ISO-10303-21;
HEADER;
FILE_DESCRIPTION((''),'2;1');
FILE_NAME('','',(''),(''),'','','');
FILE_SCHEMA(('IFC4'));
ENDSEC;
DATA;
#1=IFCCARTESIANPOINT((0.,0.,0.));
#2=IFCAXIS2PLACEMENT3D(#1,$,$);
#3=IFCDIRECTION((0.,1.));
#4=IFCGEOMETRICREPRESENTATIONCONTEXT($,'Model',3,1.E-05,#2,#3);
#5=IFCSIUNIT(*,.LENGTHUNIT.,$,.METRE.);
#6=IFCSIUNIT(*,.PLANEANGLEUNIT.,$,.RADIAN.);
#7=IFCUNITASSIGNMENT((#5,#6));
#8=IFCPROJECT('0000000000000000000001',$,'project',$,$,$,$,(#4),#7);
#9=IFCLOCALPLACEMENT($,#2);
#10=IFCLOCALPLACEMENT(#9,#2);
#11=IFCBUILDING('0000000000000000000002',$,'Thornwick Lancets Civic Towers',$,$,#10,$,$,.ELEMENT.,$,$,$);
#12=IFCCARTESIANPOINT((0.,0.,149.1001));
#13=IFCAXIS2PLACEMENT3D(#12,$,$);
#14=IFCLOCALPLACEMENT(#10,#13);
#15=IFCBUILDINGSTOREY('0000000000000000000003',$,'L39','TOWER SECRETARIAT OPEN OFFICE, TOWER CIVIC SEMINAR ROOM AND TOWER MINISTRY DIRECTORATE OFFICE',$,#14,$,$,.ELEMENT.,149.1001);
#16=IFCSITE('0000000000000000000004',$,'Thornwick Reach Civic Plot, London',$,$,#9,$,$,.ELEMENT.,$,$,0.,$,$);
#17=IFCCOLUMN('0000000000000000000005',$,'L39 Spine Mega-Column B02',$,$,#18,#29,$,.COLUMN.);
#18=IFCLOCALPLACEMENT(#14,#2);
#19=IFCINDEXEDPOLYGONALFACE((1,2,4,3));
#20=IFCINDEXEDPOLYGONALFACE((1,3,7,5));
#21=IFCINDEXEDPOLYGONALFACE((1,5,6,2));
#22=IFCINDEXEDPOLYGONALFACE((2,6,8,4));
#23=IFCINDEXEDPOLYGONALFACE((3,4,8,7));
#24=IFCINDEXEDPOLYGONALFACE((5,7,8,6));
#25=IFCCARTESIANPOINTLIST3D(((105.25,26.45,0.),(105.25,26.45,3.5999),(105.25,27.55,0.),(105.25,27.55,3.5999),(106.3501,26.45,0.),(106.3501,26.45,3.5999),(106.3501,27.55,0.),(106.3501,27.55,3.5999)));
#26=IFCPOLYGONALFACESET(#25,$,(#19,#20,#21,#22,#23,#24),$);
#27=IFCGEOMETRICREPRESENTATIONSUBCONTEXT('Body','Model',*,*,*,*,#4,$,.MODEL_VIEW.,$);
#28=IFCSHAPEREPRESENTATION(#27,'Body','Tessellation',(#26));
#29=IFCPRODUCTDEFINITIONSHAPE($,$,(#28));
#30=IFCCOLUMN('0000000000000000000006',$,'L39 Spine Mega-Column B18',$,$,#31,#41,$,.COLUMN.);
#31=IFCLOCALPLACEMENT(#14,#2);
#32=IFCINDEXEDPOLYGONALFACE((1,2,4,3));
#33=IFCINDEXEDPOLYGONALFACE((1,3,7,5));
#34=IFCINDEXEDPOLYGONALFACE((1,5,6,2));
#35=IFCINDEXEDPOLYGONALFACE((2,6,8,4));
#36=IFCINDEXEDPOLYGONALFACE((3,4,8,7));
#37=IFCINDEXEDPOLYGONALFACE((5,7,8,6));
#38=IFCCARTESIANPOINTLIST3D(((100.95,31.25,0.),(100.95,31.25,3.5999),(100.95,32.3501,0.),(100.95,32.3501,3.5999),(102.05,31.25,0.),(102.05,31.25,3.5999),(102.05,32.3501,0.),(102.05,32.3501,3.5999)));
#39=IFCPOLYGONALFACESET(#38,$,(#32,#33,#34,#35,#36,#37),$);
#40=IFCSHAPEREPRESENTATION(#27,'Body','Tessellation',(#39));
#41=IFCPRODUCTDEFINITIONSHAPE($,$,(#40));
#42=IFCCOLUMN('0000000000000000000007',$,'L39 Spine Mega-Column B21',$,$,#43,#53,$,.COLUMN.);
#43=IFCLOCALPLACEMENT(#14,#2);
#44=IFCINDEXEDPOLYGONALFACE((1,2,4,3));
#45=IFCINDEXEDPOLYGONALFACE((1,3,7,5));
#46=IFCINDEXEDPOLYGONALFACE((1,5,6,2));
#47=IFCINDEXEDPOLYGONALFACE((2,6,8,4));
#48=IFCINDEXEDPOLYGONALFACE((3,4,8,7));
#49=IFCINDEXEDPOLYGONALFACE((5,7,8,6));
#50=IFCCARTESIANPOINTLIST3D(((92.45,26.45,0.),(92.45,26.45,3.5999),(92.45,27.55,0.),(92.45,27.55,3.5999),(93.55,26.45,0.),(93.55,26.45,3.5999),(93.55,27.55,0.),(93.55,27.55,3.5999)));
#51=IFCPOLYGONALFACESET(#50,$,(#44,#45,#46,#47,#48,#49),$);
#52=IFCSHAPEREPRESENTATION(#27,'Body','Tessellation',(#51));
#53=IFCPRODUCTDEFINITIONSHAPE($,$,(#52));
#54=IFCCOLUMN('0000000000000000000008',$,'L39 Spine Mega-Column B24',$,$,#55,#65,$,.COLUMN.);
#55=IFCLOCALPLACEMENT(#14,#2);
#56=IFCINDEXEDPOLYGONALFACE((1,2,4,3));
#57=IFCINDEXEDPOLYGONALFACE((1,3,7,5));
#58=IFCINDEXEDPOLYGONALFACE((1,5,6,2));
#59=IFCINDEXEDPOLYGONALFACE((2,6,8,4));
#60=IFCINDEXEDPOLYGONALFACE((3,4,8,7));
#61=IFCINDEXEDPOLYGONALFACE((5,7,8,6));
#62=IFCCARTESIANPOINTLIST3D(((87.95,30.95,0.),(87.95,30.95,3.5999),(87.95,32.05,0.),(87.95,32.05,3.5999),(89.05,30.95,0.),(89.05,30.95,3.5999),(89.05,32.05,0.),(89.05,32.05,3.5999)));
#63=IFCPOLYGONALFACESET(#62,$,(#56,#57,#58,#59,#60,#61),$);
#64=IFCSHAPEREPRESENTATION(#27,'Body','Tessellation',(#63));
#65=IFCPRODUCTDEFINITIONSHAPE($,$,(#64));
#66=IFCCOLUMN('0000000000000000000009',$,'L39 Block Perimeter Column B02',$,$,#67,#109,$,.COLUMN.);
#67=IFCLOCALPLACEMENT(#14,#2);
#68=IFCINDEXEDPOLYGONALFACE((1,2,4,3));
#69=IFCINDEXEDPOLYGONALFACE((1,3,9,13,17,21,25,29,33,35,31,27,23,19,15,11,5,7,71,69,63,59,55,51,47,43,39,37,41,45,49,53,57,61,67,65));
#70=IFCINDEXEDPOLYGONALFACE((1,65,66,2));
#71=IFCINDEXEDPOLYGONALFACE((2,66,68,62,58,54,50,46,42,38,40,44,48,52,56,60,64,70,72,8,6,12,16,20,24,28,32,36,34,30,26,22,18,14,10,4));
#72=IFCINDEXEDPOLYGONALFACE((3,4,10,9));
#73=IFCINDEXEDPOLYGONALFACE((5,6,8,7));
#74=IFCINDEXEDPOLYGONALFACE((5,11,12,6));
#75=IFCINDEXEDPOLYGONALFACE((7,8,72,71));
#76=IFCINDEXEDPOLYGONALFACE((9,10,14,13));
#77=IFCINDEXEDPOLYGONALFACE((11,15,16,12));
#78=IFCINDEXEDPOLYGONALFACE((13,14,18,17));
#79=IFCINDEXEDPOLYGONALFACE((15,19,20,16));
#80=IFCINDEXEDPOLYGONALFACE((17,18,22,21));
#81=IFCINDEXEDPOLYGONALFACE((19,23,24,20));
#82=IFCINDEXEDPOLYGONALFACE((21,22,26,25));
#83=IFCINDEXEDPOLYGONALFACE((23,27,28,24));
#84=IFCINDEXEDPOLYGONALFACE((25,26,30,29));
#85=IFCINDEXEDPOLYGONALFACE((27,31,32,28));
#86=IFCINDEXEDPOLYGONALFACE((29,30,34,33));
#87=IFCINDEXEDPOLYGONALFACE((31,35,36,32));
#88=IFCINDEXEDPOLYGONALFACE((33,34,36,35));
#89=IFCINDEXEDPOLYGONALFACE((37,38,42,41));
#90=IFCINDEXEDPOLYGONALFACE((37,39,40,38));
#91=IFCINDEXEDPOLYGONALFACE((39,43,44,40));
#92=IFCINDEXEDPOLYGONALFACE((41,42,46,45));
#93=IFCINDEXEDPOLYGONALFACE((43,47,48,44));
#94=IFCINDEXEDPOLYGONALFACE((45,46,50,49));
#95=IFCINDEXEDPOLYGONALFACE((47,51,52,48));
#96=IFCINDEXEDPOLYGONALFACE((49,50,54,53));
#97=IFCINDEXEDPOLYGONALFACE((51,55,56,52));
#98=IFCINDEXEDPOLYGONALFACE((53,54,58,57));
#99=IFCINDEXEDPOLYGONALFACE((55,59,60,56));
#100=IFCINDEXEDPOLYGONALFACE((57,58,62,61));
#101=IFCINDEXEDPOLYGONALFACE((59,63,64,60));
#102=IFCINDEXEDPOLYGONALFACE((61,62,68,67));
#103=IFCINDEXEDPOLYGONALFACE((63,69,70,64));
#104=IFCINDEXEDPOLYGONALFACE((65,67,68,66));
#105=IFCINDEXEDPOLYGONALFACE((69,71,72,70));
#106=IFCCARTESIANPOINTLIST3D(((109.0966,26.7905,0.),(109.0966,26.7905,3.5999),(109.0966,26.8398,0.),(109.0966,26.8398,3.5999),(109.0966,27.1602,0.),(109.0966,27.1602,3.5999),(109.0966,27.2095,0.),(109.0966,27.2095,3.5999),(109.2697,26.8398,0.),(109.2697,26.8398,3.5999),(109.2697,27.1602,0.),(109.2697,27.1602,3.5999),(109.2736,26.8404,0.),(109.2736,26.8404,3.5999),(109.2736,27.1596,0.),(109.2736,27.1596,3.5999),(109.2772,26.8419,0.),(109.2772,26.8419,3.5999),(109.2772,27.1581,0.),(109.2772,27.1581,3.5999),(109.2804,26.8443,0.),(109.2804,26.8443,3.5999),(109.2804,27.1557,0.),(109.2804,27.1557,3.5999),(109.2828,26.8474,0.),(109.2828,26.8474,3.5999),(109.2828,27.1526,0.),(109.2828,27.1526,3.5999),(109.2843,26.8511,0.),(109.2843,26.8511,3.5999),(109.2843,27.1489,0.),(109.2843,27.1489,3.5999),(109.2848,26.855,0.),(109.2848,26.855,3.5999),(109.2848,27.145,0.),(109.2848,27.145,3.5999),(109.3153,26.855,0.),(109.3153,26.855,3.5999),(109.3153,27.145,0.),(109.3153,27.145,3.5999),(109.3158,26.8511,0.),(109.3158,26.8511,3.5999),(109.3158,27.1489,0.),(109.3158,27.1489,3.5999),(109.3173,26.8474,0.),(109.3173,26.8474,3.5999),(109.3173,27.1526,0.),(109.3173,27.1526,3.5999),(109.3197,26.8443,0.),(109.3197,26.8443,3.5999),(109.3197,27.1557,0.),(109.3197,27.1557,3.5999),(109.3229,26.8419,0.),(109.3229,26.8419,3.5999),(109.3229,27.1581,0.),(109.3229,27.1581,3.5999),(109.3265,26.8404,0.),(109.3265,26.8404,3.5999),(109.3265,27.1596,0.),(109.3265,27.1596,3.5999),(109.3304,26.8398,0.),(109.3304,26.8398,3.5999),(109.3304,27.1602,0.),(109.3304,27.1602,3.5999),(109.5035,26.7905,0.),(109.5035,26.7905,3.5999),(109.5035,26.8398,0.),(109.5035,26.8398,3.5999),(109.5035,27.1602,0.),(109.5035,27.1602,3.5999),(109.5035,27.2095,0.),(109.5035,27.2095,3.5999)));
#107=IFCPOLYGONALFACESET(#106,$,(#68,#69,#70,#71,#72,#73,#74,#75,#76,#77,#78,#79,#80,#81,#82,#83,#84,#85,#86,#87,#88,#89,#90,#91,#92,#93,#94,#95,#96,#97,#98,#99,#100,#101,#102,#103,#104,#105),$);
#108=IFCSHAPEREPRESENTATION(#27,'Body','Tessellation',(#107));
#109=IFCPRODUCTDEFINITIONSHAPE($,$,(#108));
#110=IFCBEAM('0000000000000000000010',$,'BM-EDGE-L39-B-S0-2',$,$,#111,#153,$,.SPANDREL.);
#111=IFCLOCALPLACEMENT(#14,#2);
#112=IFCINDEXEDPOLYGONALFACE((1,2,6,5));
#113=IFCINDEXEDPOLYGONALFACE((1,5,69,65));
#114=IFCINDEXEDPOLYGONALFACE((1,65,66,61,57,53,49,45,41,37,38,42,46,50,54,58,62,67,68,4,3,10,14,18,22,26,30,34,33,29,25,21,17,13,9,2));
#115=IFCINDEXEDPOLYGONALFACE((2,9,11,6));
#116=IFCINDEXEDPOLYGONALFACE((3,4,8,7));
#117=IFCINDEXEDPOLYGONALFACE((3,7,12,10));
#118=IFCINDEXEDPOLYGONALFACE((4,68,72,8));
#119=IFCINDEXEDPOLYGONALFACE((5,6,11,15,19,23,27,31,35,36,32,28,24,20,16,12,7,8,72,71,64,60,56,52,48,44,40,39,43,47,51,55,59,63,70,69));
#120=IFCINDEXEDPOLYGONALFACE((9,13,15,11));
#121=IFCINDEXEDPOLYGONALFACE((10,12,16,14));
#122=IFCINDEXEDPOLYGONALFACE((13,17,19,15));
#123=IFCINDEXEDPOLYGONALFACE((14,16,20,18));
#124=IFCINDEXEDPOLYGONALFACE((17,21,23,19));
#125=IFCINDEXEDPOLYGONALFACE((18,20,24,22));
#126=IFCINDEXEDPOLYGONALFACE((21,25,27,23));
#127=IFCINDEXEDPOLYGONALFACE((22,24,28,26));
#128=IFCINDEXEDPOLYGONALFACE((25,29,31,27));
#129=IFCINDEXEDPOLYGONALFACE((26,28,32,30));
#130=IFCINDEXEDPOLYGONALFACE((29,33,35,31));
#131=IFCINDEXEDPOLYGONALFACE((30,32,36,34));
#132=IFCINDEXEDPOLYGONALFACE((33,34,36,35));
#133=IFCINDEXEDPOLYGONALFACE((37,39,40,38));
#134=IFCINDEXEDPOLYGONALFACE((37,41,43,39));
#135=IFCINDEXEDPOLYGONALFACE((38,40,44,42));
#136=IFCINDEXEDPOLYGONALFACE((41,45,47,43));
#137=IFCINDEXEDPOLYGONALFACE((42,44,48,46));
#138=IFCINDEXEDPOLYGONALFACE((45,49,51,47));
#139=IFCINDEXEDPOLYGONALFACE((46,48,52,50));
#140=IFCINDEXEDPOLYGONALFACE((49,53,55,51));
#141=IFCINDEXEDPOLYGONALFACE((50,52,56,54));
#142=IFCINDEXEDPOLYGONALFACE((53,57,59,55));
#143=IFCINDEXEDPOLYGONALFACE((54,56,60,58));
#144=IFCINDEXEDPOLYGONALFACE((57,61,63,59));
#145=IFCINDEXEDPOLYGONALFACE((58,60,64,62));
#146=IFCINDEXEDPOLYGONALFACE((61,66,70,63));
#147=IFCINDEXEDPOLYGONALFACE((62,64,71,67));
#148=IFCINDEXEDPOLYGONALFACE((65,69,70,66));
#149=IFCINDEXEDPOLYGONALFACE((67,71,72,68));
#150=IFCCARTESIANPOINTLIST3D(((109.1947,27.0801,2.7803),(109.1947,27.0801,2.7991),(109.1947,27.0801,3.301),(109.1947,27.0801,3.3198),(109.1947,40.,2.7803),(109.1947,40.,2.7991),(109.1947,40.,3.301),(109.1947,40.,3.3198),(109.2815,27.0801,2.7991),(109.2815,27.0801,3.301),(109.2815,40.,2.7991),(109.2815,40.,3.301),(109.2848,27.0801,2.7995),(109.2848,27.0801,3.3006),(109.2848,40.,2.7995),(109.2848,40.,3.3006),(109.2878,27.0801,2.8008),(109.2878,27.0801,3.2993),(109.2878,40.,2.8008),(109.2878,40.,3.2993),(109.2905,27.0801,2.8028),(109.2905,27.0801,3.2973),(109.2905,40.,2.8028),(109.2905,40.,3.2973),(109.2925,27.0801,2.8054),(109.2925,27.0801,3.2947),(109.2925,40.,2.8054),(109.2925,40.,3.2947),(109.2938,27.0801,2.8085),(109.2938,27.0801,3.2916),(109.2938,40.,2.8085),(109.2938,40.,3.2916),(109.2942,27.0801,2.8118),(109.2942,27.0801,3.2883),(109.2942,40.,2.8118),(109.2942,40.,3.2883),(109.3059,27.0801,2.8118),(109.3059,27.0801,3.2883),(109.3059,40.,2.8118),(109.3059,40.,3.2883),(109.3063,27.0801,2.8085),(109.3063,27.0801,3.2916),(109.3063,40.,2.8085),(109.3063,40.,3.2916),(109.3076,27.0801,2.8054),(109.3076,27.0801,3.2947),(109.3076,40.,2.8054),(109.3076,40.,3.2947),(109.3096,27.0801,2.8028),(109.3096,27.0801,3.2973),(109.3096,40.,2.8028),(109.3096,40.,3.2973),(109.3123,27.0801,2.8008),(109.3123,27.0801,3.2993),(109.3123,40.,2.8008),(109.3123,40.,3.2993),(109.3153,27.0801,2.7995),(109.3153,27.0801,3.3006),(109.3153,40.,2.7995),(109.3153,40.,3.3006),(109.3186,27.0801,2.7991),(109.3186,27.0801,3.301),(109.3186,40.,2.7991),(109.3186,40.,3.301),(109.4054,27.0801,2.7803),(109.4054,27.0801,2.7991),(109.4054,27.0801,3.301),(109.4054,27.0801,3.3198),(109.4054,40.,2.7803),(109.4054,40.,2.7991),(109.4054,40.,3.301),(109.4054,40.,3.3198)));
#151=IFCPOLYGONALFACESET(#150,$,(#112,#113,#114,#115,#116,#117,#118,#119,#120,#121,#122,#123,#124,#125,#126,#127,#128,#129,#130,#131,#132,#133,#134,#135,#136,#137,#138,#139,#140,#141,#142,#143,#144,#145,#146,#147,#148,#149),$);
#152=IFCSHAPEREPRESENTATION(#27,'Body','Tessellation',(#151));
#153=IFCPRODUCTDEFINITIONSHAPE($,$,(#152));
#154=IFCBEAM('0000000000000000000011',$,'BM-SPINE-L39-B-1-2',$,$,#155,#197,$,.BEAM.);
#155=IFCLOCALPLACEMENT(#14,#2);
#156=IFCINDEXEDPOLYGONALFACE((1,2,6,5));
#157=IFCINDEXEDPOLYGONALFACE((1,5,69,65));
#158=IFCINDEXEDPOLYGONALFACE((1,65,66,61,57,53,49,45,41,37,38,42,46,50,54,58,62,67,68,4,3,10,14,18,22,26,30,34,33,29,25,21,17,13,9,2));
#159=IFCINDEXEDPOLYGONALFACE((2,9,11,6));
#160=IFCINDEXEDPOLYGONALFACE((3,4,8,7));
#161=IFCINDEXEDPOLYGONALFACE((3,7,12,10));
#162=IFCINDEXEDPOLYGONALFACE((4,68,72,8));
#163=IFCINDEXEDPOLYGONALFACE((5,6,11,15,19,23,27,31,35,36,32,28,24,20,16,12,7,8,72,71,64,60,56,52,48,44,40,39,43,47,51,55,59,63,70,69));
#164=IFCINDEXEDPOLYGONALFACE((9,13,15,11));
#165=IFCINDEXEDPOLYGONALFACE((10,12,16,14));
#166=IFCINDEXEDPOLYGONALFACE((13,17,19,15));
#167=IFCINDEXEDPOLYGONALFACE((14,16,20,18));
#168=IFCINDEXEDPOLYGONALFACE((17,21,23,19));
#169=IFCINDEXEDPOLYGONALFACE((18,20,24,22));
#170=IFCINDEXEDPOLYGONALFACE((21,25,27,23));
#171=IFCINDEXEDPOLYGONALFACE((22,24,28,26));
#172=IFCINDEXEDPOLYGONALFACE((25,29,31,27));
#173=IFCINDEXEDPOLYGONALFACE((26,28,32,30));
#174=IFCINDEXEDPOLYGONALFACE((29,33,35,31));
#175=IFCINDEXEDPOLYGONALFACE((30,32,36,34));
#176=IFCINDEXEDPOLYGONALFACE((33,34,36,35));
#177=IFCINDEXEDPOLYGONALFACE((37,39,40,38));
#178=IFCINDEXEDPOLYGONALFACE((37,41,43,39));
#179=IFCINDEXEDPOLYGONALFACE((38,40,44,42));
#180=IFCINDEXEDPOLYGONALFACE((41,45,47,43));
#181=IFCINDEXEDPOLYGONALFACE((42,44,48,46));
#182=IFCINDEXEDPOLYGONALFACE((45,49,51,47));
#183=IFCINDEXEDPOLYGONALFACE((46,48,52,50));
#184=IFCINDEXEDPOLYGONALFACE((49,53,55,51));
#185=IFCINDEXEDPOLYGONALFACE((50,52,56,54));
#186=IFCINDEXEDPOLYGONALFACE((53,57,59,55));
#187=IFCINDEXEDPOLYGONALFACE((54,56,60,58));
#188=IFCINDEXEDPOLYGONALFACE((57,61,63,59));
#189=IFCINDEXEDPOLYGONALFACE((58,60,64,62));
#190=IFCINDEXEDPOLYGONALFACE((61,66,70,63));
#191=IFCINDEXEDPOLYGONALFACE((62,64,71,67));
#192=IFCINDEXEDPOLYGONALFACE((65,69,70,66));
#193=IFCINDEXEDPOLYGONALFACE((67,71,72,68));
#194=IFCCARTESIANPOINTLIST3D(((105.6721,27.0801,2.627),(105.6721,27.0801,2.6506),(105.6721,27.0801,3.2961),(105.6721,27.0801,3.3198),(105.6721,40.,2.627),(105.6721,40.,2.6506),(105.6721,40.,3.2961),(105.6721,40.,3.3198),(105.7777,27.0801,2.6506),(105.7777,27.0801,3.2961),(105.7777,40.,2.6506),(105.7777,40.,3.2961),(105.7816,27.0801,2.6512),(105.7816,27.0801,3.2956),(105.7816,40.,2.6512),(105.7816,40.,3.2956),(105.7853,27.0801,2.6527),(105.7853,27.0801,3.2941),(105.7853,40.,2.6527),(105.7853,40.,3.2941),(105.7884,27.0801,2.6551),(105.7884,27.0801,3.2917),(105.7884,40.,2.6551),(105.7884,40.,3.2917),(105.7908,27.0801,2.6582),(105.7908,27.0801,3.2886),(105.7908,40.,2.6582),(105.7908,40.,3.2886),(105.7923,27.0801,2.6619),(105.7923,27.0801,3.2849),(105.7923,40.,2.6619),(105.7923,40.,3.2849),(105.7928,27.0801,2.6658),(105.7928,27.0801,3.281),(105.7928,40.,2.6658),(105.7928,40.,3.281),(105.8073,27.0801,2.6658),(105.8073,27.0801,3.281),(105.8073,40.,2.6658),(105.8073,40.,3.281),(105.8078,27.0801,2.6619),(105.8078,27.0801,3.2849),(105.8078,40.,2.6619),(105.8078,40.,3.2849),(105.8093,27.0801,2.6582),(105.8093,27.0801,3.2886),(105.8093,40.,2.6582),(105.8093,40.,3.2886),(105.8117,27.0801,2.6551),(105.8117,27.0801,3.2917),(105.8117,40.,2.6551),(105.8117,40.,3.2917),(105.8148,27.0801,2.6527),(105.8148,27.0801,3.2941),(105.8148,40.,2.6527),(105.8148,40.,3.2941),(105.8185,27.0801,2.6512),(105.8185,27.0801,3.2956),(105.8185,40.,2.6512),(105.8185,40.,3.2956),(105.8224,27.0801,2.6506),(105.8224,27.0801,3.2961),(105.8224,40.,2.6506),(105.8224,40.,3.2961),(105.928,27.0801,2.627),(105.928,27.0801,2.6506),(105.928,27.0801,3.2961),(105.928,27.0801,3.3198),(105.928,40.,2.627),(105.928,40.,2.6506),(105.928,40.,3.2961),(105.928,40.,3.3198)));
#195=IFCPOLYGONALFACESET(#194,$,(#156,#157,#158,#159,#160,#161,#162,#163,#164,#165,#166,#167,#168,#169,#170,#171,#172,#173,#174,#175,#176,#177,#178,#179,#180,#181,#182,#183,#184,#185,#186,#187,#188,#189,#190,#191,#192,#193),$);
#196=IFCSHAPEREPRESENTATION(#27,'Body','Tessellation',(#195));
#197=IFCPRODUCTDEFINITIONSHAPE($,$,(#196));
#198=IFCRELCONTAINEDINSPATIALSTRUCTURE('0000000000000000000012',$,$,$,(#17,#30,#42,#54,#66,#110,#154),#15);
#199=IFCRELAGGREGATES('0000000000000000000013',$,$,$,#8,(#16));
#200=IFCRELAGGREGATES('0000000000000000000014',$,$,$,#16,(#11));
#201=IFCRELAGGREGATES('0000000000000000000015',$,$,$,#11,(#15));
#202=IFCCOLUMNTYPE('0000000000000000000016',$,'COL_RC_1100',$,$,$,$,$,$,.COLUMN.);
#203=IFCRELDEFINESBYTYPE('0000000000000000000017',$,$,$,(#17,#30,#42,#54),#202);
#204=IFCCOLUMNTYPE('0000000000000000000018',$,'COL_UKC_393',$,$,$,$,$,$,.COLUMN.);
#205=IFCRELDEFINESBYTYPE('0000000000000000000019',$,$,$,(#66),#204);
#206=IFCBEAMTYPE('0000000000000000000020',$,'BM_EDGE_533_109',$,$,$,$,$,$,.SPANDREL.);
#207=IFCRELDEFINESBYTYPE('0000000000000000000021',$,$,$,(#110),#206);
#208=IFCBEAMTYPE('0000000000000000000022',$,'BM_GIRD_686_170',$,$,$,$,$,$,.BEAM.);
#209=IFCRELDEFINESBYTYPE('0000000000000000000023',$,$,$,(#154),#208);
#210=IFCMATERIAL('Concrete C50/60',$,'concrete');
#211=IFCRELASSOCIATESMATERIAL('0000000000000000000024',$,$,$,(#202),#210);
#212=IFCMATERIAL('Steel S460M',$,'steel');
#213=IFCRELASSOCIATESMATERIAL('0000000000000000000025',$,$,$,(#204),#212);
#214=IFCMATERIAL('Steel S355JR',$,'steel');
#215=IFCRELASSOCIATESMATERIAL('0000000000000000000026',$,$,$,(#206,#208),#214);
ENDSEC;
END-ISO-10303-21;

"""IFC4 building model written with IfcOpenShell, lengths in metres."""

from ifc_helpers import new_model, si_unit, direction, frame, origin, origin_2d, place, context, subcontext, project, spatial, rectangle, i_section, extrude, material, material_profile, profile_set, type_object, element, save


model = new_model("IFC4")

# Units and contexts
model_context = context("Model", 3, precision=1e-05, world=origin(), true_north=direction((0.0, 1.0)))
body_context = subcontext(model_context, "Body", "Model", "MODEL_VIEW")
ifc_project = project(units=[si_unit("LENGTHUNIT", "METRE"), si_unit("PLANEANGLEUNIT", "RADIAN")], contexts=[model_context])

# Site, building, storey
site_placement = place(None, origin())
site = spatial("IfcSite", under=ifc_project, at=site_placement, Name="Thornwick Reach Civic Plot, London", CompositionType="ELEMENT", RefElevation=0.0)
building_placement = place(site_placement, origin())
building = spatial("IfcBuilding", under=site, at=building_placement, Name="Thornwick Lancets Civic Towers", CompositionType="ELEMENT")
storey_placement = place(building_placement, frame((0.0, 0.0, 149.1001)))
storey = spatial("IfcBuildingStorey", under=building, at=storey_placement, Name="L39", Description="TOWER SECRETARIAT OPEN OFFICE, TOWER CIVIC SEMINAR ROOM AND TOWER MINISTRY DIRECTORATE OFFICE", CompositionType="ELEMENT", Elevation=149.1001)

# Columns
ifc_material_1 = material(Name="Concrete C50/60", Category="concrete")
ifc_material_profile_1 = material_profile(ifc_material_1, rectangle(XDim=1.1001, YDim=1.1001, at=origin_2d()), Name="RC 1100x1100")
ifc_profile_set_1 = profile_set([ifc_material_profile_1], Name="Concrete C50/60")
column_type_1 = type_object("IfcColumnType", Name="COL_RC_1100", PredefinedType="COLUMN", material=ifc_profile_set_1)
for number, where, z_axis, x_axis, name in (
    (1, (105.8, 27.0, 0.0), (0.0, 0.0, 1.0), (1.0, 0.0, 0.0), "L39 Spine Mega-Column B02"),
    (2, (101.5, 31.8, 0.0), (0.0, 0.0, 1.0), (1.0, 0.0, 0.0), "L39 Spine Mega-Column B18"),
    (3, (93.0, 27.0, 0.0), (0.0, 0.0, 1.0), (1.0, 0.0, 0.0), "L39 Spine Mega-Column B21"),
    (4, (88.5, 31.5, 0.0), (0.0, 0.0, 1.0), (1.0, 0.0, 0.0), "L39 Spine Mega-Column B24"),
):
    element("IfcColumn", number, at=place(storey_placement, frame(where, z_axis=z_axis, x_axis=x_axis)), inside=storey, type_object=column_type_1, Name=name, PredefinedType="COLUMN", context=body_context, shape_type="SweptSolid", body=[
        extrude(rectangle(XDim=1.1001, YDim=1.1001, at=origin_2d()), origin(), (0.0, 0.0, 1.0), 3.5999),
    ])
ifc_material_2 = material(Name="Steel S460M", Category="steel")
ifc_material_profile_2 = material_profile(ifc_material_2, i_section(OverallWidth=0.407, OverallDepth=0.4189, WebThickness=0.0305, FlangeThickness=0.0493, FilletRadius=0.0151, at=origin_2d()), Name="UKC 356x406x393")
ifc_profile_set_2 = profile_set([ifc_material_profile_2], Name="Steel S460M")
column_type_2 = type_object("IfcColumnType", Name="COL_UKC_393", PredefinedType="COLUMN", material=ifc_profile_set_2)
column_placement = place(storey_placement, frame((109.3, 27.0, 0.0), z_axis=(0.0, 0.0, 1.0), x_axis=(1.0, 0.0, 0.0)))
element("IfcColumn", 5, at=column_placement, inside=storey, type_object=column_type_2, Name="L39 Block Perimeter Column B02", PredefinedType="COLUMN", context=body_context, shape_type="SweptSolid", body=[
    extrude(i_section(OverallWidth=0.407, OverallDepth=0.4189, WebThickness=0.0305, FlangeThickness=0.0493, FilletRadius=0.0151, at=origin_2d()), origin(), (0.0, 0.0, 1.0), 3.5999),
])

# Beams
ifc_material_3 = material(Name="Steel S355JR", Category="steel")
ifc_material_profile_3 = material_profile(ifc_material_3, i_section(OverallWidth=0.2107, OverallDepth=0.5396, WebThickness=0.0117, FlangeThickness=0.0188, FilletRadius=0.0127, at=origin_2d()), Name="UKB 533x210x109")
ifc_profile_set_3 = profile_set([ifc_material_profile_3], Name="Steel S355JR")
beam_type_1 = type_object("IfcBeamType", Name="BM_EDGE_533_109", PredefinedType="SPANDREL", material=ifc_profile_set_3)
beam_1_placement = place(storey_placement, frame((109.3, 27.0801, 3.05), z_axis=(0.0, 1.0, 0.0), x_axis=(-1.0, 0.0, 0.0)))
element("IfcBeam", 6, at=beam_1_placement, inside=storey, type_object=beam_type_1, Name="BM-EDGE-L39-B-S0-2", PredefinedType="SPANDREL", context=body_context, shape_type="SweptSolid", body=[
    extrude(i_section(OverallWidth=0.2107, OverallDepth=0.5396, WebThickness=0.0117, FlangeThickness=0.0188, FilletRadius=0.0127, at=origin_2d()), origin(), (0.0, 0.0, 1.0), 12.9199),
])
ifc_material_profile_4 = material_profile(ifc_material_3, i_section(OverallWidth=0.2559, OverallDepth=0.6929, WebThickness=0.0144, FlangeThickness=0.0237, FilletRadius=0.0151, at=origin_2d()), Name="UKB 686x254x170")
ifc_profile_set_4 = profile_set([ifc_material_profile_4], Name="Steel S355JR")
beam_type_2 = type_object("IfcBeamType", Name="BM_GIRD_686_170", PredefinedType="BEAM", material=ifc_profile_set_4)
beam_2_placement = place(storey_placement, frame((105.8, 27.0801, 2.9734), z_axis=(0.0, 1.0, 0.0), x_axis=(-1.0, 0.0, 0.0)))
element("IfcBeam", 7, at=beam_2_placement, inside=storey, type_object=beam_type_2, Name="BM-SPINE-L39-B-1-2", PredefinedType="BEAM", context=body_context, shape_type="SweptSolid", body=[
    extrude(i_section(OverallWidth=0.2559, OverallDepth=0.6929, WebThickness=0.0144, FlangeThickness=0.0237, FilletRadius=0.0151, at=origin_2d()), origin(), (0.0, 0.0, 1.0), 12.9199),
])

save(model, "model.ifc")
